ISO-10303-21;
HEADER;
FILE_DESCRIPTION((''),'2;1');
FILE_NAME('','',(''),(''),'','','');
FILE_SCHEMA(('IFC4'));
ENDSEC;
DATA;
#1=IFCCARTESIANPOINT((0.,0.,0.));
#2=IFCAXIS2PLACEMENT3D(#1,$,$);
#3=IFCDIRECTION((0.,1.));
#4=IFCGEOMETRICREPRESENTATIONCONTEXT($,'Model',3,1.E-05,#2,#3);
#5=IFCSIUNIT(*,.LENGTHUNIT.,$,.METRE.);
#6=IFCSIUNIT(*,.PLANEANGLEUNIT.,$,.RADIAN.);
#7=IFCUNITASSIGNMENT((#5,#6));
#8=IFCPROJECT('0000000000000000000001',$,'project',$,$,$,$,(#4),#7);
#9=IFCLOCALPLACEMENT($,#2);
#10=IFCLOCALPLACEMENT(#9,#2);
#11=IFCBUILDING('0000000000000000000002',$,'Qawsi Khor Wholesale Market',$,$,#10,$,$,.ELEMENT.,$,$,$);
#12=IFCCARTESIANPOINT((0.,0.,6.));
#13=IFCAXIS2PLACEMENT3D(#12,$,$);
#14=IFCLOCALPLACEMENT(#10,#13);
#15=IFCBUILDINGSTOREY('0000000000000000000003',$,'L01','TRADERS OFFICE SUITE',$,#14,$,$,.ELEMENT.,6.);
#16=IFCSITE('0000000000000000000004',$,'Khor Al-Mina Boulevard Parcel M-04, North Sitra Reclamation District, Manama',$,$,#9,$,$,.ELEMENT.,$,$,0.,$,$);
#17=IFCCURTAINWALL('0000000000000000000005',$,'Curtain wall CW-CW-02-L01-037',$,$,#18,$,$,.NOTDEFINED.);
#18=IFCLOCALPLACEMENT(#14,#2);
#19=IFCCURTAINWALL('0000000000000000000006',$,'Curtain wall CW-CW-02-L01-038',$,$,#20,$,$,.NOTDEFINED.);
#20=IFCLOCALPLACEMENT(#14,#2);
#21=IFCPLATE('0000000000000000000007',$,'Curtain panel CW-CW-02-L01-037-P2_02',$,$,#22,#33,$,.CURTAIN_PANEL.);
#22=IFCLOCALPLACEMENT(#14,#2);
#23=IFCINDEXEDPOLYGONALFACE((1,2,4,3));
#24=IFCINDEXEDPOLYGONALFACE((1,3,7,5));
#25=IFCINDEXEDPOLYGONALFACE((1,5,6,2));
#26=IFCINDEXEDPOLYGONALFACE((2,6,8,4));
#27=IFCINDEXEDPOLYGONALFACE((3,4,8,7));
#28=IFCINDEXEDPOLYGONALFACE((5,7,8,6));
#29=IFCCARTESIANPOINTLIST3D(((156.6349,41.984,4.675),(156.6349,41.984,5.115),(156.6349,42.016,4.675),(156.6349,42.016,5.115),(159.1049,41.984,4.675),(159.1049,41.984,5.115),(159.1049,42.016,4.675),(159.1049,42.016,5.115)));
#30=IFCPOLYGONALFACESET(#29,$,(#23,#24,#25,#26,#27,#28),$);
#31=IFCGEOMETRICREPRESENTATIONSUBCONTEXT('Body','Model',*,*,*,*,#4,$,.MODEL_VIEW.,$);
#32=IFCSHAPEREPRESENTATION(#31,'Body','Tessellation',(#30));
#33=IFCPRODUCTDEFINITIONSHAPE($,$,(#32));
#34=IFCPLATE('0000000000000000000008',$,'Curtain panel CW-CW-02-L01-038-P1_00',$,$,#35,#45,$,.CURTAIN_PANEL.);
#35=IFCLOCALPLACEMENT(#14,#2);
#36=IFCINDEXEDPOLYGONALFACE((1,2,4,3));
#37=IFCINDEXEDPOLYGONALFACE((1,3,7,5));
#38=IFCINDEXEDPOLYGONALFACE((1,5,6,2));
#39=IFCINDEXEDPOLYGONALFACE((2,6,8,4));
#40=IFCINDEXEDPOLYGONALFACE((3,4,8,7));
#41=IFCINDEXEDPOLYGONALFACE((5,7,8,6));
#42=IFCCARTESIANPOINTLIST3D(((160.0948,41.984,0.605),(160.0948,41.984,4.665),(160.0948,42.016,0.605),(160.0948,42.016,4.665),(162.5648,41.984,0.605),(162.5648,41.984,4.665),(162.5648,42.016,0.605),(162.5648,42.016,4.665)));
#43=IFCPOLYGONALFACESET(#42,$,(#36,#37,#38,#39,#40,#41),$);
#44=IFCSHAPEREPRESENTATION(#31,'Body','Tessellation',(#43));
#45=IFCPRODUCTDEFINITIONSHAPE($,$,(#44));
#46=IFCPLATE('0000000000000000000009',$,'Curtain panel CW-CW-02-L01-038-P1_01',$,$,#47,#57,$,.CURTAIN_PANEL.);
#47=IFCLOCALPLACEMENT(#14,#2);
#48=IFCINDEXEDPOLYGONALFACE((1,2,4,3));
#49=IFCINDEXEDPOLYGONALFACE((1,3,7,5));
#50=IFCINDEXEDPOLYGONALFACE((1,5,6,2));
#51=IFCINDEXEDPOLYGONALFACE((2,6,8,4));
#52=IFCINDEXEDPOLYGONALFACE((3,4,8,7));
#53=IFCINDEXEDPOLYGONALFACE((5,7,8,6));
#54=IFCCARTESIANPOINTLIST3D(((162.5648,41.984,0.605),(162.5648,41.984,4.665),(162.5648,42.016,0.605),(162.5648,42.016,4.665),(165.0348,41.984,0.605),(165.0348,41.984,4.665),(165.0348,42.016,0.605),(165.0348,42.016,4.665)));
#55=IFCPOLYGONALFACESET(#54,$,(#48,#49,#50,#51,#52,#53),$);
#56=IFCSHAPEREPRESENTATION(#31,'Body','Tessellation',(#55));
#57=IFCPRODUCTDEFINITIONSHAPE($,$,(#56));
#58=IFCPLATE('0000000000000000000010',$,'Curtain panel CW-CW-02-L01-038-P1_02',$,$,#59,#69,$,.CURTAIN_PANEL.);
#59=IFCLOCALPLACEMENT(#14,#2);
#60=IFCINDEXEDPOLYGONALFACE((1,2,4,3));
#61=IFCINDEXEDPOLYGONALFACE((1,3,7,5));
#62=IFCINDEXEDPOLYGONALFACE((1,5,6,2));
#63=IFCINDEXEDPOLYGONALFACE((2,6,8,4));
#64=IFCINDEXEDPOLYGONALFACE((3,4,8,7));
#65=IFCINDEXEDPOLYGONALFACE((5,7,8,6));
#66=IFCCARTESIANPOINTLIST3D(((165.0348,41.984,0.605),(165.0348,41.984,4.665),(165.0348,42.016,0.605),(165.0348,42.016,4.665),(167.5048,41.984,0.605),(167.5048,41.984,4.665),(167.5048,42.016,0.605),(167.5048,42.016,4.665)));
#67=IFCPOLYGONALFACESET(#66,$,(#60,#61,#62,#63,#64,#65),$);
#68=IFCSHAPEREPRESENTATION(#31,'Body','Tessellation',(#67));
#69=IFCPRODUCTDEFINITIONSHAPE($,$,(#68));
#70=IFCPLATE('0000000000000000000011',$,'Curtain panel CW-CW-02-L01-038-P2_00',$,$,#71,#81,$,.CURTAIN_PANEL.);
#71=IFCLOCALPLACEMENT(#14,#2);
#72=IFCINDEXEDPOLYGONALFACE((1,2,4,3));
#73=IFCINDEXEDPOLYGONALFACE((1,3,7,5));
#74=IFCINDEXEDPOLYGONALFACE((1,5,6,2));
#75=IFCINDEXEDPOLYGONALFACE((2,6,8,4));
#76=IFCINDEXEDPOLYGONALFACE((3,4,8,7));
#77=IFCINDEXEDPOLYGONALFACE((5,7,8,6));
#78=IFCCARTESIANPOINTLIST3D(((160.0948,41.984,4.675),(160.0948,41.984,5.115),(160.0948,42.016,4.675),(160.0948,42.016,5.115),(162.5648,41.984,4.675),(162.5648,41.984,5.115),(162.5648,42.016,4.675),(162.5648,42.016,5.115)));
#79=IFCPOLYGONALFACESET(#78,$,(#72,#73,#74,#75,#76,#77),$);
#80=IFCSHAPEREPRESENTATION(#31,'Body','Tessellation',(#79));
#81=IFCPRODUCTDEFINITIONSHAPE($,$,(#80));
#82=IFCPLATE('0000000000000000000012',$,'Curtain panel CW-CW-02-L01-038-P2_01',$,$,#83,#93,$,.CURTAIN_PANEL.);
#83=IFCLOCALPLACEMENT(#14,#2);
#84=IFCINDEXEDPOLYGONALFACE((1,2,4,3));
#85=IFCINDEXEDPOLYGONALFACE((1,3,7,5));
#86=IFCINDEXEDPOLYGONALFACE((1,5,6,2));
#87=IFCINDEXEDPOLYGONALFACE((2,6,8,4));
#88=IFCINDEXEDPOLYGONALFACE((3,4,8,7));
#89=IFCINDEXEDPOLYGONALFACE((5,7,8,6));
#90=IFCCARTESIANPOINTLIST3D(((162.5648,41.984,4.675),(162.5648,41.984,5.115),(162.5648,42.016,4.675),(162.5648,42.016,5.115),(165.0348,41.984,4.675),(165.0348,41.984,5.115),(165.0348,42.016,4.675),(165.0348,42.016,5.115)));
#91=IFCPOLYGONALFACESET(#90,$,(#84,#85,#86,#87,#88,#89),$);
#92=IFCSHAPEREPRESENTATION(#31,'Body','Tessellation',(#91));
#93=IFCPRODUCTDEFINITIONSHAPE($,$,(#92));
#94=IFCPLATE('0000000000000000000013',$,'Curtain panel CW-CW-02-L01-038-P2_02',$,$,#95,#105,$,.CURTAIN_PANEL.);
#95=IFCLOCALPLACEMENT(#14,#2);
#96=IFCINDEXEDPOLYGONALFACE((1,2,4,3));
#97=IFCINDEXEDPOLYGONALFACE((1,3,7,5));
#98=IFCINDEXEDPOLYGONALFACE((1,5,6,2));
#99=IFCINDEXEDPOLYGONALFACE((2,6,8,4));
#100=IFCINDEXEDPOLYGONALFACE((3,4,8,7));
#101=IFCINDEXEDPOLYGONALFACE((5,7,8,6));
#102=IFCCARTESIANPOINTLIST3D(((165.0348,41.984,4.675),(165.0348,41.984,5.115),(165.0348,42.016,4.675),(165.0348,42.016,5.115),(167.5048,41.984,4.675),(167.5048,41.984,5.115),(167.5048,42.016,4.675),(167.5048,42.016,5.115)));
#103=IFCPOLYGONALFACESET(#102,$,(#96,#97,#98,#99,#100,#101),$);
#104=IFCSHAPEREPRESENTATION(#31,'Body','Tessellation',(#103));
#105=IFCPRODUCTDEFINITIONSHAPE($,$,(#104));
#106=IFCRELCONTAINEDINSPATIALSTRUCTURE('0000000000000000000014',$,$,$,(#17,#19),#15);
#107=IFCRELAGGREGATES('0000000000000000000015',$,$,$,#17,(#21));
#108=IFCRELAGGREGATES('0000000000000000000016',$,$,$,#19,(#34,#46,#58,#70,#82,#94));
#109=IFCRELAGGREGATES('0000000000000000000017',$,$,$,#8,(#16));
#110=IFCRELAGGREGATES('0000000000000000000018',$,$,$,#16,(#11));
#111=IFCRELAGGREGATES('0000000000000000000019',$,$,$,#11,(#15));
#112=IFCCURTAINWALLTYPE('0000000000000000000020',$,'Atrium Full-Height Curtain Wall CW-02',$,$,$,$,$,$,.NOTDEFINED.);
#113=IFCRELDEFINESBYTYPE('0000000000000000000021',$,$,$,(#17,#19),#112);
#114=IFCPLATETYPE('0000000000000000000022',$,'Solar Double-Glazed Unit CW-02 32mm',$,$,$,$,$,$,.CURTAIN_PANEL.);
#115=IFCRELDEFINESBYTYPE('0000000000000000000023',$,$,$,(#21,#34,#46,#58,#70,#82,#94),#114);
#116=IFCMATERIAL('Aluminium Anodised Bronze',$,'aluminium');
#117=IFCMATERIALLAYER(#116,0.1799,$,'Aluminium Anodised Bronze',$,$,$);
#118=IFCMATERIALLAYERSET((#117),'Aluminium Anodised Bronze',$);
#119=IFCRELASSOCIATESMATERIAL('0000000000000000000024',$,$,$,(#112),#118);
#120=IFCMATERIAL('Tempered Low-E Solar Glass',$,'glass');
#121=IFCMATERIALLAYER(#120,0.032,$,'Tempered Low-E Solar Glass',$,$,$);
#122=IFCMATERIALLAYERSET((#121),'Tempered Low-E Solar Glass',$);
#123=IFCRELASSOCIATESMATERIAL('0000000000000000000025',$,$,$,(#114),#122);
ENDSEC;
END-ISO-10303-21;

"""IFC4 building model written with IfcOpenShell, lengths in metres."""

from ifc_helpers import new_model, si_unit, direction, frame, frame_2d, origin, place, context, subcontext, project, spatial, rectangle, extrude, material, layer, layer_set, type_object, element, aggregate, save


model = new_model("IFC4")

# Units and contexts
model_context = context("Model", 3, precision=1e-05, world=origin(), true_north=direction((0.0, 1.0)))
body_context = subcontext(model_context, "Body", "Model", "MODEL_VIEW")
ifc_project = project(units=[si_unit("LENGTHUNIT", "METRE"), si_unit("PLANEANGLEUNIT", "RADIAN")], contexts=[model_context])

# Site, building, storey
site_placement = place(None, origin())
site = spatial("IfcSite", under=ifc_project, at=site_placement, Name="Khor Al-Mina Boulevard Parcel M-04, North Sitra Reclamation District, Manama", CompositionType="ELEMENT", RefElevation=0.0)
building_placement = place(site_placement, origin())
building = spatial("IfcBuilding", under=site, at=building_placement, Name="Qawsi Khor Wholesale Market", CompositionType="ELEMENT")
storey_placement = place(building_placement, frame((0.0, 0.0, 6.0)))
storey = spatial("IfcBuildingStorey", under=building, at=storey_placement, Name="L01", Description="TRADERS OFFICE SUITE", CompositionType="ELEMENT", Elevation=6.0)

# Curtain walls
ifc_material_1 = material(Name="Aluminium Anodised Bronze", Category="aluminium")
ifc_layer_1 = layer(ifc_material_1, 0.1799, Name="Aluminium Anodised Bronze")
ifc_layer_set_1 = layer_set([ifc_layer_1], Name="Aluminium Anodised Bronze")
curtain_wall_type = type_object("IfcCurtainWallType", Name="Atrium Full-Height Curtain Wall CW-02", PredefinedType="NOTDEFINED", material=ifc_layer_set_1)
curtain_wall_1_placement = place(storey_placement, origin())
curtain_wall_1 = element("IfcCurtainWall", 1, at=curtain_wall_1_placement, inside=storey, type_object=curtain_wall_type, Name="Curtain wall CW-CW-02-L01-037", PredefinedType="NOTDEFINED")
curtain_wall_2_placement = place(storey_placement, origin())
curtain_wall_2 = element("IfcCurtainWall", 2, at=curtain_wall_2_placement, inside=storey, type_object=curtain_wall_type, Name="Curtain wall CW-CW-02-L01-038", PredefinedType="NOTDEFINED")

# Plates
ifc_material_2 = material(Name="Tempered Low-E Solar Glass", Category="glass")
ifc_layer_2 = layer(ifc_material_2, 0.032, Name="Tempered Low-E Solar Glass")
ifc_layer_set_2 = layer_set([ifc_layer_2], Name="Tempered Low-E Solar Glass")
plate_type_1 = type_object("IfcPlateType", Name="Solar Double-Glazed Unit CW-02 32mm", PredefinedType="CURTAIN_PANEL", material=ifc_layer_set_2)
plate_1_placement = place(storey_placement, frame((156.635, 42.0, 4.675), z_axis=(0.0, 0.0, 1.0), x_axis=(1.0, 0.0, 0.0)))
plate_1 = element("IfcPlate", 3, at=plate_1_placement, type_object=plate_type_1, Name="Curtain panel CW-CW-02-L01-037-P2_02", PredefinedType="CURTAIN_PANEL", context=body_context, shape_type="SweptSolid", body=[
    extrude(rectangle(XDim=2.47, YDim=0.032, at=frame_2d((1.2349, 0.0))), origin(), (0.0, 0.0, 1.0), 0.4399),
])
aggregate(curtain_wall_1, [plate_1])
plate_2_placement = place(storey_placement, frame((160.095, 42.0, 0.605), z_axis=(0.0, 0.0, 1.0), x_axis=(1.0, 0.0, 0.0)))
plate_2 = element("IfcPlate", 4, at=plate_2_placement, type_object=plate_type_1, Name="Curtain panel CW-CW-02-L01-038-P1_00", PredefinedType="CURTAIN_PANEL", context=body_context, shape_type="SweptSolid", body=[
    extrude(rectangle(XDim=2.47, YDim=0.032, at=frame_2d((1.2349, 0.0))), origin(), (0.0, 0.0, 1.0), 4.0601),
])
plate_3_placement = place(storey_placement, frame((162.5649, 42.0, 0.605), z_axis=(0.0, 0.0, 1.0), x_axis=(1.0, 0.0, 0.0)))
plate_3 = element("IfcPlate", 5, at=plate_3_placement, type_object=plate_type_1, Name="Curtain panel CW-CW-02-L01-038-P1_01", PredefinedType="CURTAIN_PANEL", context=body_context, shape_type="SweptSolid", body=[
    extrude(rectangle(XDim=2.47, YDim=0.032, at=frame_2d((1.2349, 0.0))), origin(), (0.0, 0.0, 1.0), 4.0601),
])
plate_4_placement = place(storey_placement, frame((165.0349, 42.0, 0.605), z_axis=(0.0, 0.0, 1.0), x_axis=(1.0, 0.0, 0.0)))
plate_4 = element("IfcPlate", 6, at=plate_4_placement, type_object=plate_type_1, Name="Curtain panel CW-CW-02-L01-038-P1_02", PredefinedType="CURTAIN_PANEL", context=body_context, shape_type="SweptSolid", body=[
    extrude(rectangle(XDim=2.47, YDim=0.032, at=frame_2d((1.2349, 0.0))), origin(), (0.0, 0.0, 1.0), 4.0601),
])
plate_5_placement = place(storey_placement, frame((160.095, 42.0, 4.675), z_axis=(0.0, 0.0, 1.0), x_axis=(1.0, 0.0, 0.0)))
plate_5 = element("IfcPlate", 7, at=plate_5_placement, type_object=plate_type_1, Name="Curtain panel CW-CW-02-L01-038-P2_00", PredefinedType="CURTAIN_PANEL", context=body_context, shape_type="SweptSolid", body=[
    extrude(rectangle(XDim=2.47, YDim=0.032, at=frame_2d((1.2349, 0.0))), origin(), (0.0, 0.0, 1.0), 0.4399),
])
plate_6_placement = place(storey_placement, frame((162.5649, 42.0, 4.675), z_axis=(0.0, 0.0, 1.0), x_axis=(1.0, 0.0, 0.0)))
plate_6 = element("IfcPlate", 8, at=plate_6_placement, type_object=plate_type_1, Name="Curtain panel CW-CW-02-L01-038-P2_01", PredefinedType="CURTAIN_PANEL", context=body_context, shape_type="SweptSolid", body=[
    extrude(rectangle(XDim=2.47, YDim=0.032, at=frame_2d((1.2349, 0.0))), origin(), (0.0, 0.0, 1.0), 0.4399),
])
plate_7_placement = place(storey_placement, frame((165.0349, 42.0, 4.675), z_axis=(0.0, 0.0, 1.0), x_axis=(1.0, 0.0, 0.0)))
plate_7 = element("IfcPlate", 9, at=plate_7_placement, type_object=plate_type_1, Name="Curtain panel CW-CW-02-L01-038-P2_02", PredefinedType="CURTAIN_PANEL", context=body_context, shape_type="SweptSolid", body=[
    extrude(rectangle(XDim=2.47, YDim=0.032, at=frame_2d((1.2349, 0.0))), origin(), (0.0, 0.0, 1.0), 0.4399),
])
aggregate(curtain_wall_2, [plate_2, plate_3, plate_4, plate_5, plate_6, plate_7])

save(model, "model.ifc")
